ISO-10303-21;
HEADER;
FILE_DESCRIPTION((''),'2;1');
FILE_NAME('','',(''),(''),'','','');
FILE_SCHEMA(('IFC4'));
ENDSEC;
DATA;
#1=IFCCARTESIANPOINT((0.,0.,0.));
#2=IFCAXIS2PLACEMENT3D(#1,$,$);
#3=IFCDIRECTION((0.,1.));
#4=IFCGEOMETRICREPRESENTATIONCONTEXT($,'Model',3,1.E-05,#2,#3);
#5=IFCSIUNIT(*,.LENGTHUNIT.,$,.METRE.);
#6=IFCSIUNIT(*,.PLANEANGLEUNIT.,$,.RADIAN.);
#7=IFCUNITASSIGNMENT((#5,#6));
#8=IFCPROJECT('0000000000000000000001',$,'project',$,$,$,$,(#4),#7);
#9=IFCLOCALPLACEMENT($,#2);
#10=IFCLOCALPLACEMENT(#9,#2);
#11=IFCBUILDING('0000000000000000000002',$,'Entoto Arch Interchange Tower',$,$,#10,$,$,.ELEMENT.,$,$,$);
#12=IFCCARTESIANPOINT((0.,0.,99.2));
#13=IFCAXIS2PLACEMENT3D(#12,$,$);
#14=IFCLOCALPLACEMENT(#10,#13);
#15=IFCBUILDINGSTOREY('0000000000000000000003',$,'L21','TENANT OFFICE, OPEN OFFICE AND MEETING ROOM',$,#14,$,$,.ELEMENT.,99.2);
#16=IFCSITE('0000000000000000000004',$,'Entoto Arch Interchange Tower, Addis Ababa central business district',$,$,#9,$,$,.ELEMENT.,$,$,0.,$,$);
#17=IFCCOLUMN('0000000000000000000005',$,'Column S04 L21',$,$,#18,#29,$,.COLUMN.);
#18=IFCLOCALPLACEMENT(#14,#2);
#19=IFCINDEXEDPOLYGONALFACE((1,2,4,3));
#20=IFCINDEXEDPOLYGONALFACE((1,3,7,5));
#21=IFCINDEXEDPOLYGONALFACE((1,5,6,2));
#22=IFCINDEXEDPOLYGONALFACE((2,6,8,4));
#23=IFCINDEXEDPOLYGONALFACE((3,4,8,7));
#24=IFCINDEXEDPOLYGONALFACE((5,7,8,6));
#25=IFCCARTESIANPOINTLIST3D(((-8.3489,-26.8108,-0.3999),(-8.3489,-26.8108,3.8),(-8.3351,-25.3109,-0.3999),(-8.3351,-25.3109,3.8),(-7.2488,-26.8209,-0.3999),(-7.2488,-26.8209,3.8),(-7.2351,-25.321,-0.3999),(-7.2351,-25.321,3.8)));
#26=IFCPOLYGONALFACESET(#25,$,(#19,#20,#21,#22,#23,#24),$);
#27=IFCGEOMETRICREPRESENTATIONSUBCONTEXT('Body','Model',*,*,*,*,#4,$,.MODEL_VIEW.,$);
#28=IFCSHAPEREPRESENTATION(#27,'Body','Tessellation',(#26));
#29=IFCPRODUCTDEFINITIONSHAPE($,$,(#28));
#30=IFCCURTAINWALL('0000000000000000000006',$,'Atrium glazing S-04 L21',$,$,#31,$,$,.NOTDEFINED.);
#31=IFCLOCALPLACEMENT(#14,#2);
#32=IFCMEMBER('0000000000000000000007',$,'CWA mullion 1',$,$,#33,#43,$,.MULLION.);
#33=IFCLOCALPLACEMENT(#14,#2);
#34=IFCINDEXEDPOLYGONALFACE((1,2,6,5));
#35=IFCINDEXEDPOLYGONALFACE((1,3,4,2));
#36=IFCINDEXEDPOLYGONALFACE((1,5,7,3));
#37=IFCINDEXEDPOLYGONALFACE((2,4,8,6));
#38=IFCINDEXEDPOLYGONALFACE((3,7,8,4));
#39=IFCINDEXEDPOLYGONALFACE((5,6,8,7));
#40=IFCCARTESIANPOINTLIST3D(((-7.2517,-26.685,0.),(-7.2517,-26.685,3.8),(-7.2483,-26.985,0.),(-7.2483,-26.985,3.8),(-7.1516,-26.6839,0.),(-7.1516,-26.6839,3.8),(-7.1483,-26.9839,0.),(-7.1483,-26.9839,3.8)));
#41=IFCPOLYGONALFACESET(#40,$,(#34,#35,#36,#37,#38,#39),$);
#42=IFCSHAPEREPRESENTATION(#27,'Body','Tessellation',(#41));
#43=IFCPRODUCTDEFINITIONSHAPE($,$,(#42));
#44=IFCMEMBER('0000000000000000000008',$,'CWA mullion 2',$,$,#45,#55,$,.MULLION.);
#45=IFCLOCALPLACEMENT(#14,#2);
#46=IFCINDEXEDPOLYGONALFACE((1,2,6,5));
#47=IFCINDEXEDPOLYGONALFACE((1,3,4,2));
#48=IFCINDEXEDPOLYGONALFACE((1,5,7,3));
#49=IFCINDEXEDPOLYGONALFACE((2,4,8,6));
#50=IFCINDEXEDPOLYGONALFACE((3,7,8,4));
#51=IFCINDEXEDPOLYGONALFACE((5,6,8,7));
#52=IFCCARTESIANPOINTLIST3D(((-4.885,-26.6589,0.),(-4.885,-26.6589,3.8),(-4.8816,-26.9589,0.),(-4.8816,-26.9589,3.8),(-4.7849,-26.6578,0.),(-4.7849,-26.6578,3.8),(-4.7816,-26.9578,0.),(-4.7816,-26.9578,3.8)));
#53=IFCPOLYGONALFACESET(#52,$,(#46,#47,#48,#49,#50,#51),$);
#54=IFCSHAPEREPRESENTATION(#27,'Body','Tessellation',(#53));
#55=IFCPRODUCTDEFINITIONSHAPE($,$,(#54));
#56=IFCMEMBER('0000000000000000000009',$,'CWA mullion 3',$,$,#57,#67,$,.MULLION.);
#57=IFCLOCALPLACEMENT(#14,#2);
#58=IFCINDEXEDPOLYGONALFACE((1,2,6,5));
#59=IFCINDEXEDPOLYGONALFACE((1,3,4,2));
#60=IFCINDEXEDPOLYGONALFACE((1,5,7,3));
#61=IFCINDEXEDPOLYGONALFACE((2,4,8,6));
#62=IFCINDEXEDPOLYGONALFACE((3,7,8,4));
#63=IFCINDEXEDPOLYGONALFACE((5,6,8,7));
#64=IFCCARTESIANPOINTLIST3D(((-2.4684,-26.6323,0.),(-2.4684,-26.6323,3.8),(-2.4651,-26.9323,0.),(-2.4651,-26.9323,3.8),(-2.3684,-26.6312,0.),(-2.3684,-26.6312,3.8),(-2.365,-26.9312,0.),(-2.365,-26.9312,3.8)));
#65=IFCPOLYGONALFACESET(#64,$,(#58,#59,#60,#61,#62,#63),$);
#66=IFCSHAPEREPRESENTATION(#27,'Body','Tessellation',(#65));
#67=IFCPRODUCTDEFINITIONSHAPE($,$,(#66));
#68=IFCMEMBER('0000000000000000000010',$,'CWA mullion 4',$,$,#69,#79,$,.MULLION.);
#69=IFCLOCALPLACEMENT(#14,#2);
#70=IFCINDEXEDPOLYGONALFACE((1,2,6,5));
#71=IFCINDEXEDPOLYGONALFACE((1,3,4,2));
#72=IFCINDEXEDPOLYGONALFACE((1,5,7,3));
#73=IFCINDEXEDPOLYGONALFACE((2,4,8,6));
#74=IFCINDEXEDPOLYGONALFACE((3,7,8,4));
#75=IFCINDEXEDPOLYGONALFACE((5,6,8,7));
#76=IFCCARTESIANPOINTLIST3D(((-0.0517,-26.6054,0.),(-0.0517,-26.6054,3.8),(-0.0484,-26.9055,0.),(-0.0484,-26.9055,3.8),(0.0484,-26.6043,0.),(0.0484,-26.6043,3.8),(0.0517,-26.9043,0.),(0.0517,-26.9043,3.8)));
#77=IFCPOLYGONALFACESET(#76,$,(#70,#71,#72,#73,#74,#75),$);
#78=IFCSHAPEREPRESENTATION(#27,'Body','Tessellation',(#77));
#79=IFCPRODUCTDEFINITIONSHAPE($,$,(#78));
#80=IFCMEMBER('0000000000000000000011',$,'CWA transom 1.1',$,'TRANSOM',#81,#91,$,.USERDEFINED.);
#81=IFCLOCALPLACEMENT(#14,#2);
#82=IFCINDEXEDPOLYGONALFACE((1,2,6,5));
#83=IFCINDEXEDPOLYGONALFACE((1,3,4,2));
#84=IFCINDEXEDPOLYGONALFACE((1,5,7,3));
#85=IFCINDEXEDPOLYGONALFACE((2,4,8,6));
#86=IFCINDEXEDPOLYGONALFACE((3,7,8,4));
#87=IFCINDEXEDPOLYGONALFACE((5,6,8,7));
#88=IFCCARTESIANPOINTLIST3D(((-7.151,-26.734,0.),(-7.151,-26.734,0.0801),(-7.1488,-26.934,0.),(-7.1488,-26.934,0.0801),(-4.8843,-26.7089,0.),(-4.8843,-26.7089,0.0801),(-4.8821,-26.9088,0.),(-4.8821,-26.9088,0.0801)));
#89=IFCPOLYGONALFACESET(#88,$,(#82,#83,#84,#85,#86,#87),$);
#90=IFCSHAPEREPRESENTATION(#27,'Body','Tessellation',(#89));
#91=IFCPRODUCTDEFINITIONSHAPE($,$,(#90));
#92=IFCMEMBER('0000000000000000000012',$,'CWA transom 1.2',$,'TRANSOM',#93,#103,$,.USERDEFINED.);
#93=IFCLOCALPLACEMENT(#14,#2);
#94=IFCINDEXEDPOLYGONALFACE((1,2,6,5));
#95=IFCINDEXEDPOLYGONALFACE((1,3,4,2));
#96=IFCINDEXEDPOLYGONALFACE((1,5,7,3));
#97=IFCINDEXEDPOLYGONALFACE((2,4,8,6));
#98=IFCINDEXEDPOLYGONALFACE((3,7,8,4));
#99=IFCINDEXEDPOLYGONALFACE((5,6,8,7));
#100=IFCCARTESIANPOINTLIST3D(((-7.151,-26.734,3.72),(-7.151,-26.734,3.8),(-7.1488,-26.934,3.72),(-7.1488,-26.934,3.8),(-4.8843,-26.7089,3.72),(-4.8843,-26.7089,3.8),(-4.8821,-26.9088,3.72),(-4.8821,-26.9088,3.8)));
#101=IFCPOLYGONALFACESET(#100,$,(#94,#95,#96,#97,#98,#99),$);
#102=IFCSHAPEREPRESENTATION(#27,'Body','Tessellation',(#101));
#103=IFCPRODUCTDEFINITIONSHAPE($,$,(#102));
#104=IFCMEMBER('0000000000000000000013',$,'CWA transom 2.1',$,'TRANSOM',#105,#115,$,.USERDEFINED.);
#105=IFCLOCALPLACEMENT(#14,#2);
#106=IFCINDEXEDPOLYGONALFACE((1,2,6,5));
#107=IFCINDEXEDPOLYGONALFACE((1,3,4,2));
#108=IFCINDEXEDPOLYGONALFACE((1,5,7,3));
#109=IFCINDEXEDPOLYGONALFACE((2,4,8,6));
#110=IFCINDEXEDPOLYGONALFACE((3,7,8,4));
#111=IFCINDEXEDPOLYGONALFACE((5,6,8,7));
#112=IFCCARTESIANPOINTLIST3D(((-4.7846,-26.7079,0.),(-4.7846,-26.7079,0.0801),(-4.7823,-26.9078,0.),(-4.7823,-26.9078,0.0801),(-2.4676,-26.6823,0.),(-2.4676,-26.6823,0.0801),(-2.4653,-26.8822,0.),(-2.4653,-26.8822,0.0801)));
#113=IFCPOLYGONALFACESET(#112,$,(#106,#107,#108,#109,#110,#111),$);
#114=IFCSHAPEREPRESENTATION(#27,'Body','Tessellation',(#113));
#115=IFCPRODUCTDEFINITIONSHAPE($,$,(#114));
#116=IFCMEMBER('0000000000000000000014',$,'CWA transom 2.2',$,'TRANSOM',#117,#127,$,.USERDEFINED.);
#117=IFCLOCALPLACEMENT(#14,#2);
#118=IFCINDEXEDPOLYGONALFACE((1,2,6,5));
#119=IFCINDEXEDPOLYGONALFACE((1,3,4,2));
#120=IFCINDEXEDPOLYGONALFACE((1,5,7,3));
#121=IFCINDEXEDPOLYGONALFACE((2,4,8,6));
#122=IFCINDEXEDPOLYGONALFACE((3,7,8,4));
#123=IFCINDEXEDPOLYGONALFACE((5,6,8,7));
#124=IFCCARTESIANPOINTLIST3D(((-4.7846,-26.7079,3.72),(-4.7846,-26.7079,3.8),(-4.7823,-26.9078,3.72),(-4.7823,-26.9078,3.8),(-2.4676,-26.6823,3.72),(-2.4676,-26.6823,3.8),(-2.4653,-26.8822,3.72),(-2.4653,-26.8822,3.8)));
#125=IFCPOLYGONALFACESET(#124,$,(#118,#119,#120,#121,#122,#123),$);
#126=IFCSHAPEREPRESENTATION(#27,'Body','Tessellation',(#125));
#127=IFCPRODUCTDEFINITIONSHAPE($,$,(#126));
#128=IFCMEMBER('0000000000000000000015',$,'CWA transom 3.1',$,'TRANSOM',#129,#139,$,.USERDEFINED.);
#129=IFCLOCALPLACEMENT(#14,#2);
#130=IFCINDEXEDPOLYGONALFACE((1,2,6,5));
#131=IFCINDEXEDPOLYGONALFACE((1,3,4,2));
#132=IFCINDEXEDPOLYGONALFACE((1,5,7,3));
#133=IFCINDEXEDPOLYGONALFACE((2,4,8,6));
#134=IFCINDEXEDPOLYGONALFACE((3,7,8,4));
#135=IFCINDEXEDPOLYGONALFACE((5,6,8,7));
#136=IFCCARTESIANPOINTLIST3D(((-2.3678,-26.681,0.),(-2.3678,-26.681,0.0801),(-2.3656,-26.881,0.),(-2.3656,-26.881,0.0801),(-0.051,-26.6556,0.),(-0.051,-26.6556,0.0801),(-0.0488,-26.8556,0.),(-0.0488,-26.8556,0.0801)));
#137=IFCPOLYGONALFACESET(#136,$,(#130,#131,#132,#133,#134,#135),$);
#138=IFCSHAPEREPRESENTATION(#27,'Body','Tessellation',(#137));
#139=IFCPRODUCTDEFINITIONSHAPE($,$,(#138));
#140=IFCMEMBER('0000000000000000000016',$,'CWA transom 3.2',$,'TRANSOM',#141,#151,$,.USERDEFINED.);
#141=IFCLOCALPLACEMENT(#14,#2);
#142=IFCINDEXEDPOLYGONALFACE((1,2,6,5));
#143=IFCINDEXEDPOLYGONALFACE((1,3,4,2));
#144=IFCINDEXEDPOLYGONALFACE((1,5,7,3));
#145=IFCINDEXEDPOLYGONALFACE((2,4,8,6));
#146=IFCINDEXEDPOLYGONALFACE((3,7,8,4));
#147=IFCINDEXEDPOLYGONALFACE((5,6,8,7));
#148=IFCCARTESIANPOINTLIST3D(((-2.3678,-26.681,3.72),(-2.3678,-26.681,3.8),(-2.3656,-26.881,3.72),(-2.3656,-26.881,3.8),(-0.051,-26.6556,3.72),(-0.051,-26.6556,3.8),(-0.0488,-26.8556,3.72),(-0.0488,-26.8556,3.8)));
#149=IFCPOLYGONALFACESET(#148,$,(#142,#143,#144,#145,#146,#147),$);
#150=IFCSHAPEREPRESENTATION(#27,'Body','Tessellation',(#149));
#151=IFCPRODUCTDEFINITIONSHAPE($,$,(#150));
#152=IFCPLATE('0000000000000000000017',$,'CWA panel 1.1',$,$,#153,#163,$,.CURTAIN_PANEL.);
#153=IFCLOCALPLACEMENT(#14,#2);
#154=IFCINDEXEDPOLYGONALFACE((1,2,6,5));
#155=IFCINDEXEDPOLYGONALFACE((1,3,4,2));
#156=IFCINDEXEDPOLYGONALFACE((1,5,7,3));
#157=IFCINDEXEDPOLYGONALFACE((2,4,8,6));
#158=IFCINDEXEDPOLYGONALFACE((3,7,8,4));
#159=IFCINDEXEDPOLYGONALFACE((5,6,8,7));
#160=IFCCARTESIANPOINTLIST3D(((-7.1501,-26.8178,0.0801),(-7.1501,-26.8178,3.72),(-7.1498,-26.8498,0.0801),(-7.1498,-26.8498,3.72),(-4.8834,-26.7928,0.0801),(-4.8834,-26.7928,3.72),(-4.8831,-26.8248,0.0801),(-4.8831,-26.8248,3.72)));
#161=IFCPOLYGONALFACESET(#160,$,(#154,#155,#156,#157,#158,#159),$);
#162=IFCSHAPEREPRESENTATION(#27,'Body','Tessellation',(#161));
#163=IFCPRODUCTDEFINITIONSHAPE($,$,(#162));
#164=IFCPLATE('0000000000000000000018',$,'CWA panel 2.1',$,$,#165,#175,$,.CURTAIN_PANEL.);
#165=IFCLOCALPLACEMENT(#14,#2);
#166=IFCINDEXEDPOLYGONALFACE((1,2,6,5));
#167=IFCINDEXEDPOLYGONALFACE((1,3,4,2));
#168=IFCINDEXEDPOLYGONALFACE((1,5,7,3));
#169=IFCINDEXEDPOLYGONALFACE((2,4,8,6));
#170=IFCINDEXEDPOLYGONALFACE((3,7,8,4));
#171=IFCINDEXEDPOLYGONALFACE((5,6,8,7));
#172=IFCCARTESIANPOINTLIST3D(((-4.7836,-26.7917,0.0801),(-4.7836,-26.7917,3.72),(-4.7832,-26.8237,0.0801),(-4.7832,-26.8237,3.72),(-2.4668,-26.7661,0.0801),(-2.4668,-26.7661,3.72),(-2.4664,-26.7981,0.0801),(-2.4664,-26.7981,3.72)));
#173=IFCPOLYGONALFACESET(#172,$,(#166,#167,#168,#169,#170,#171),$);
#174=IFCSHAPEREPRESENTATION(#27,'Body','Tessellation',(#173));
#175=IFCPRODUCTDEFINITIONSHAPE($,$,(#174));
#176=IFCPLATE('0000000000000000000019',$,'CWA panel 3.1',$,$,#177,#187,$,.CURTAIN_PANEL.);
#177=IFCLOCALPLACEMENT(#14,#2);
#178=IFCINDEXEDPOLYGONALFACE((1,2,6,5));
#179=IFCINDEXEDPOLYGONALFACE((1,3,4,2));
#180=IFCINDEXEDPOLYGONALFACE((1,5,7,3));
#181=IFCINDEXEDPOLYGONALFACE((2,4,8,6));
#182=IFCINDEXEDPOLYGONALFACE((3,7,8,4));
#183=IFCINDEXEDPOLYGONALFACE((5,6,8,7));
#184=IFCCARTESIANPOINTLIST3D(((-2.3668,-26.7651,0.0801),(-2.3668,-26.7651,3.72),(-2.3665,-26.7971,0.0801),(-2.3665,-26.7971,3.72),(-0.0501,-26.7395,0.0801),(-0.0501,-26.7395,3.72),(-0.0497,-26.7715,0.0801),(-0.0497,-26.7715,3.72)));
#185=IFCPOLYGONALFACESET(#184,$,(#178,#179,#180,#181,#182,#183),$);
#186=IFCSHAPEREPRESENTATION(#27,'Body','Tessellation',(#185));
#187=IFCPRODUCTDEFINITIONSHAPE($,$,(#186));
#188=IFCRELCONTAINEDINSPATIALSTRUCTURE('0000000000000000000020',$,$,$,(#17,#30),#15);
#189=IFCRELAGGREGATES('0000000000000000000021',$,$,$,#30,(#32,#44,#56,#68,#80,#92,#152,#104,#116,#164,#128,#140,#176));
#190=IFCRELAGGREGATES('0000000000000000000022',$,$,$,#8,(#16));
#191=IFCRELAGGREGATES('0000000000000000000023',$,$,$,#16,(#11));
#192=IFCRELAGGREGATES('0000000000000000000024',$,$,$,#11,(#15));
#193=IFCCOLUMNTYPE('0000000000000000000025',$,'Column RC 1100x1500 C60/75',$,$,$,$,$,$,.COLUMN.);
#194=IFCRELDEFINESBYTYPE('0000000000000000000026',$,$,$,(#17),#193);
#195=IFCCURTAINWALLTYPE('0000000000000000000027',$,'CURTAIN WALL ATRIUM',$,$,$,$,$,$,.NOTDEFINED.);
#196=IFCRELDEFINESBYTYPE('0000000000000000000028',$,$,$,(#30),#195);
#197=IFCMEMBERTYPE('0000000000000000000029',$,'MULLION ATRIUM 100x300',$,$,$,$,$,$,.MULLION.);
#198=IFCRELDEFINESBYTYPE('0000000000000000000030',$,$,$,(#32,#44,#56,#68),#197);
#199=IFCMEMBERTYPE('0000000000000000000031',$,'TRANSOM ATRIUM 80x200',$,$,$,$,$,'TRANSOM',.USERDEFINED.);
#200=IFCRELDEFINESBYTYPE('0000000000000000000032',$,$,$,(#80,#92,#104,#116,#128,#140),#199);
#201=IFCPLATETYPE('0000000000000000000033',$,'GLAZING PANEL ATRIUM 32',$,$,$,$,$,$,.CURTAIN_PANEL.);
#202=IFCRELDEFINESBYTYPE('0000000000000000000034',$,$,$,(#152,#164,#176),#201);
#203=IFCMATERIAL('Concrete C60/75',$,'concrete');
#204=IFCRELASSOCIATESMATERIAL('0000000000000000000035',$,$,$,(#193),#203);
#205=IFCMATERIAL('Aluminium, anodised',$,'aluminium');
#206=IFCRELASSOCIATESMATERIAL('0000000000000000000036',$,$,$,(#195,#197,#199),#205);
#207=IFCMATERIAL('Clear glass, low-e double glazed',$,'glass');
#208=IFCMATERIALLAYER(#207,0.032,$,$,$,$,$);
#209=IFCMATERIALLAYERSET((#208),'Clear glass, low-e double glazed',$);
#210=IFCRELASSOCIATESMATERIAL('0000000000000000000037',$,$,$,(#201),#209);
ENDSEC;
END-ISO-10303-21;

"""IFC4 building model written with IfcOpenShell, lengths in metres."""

from ifc_helpers import new_model, si_unit, direction, frame, origin, origin_2d, place, context, subcontext, project, spatial, rectangle, extrude, material, layer, layer_set, material_profile, profile_set, type_object, element, aggregate, save


model = new_model("IFC4")

# Units and contexts
model_context = context("Model", 3, precision=1e-05, world=origin(), true_north=direction((0.0, 1.0)))
body_context = subcontext(model_context, "Body", "Model", "MODEL_VIEW")
ifc_project = project(units=[si_unit("LENGTHUNIT", "METRE"), si_unit("PLANEANGLEUNIT", "RADIAN")], contexts=[model_context])

# Site, building, storey
site_placement = place(None, origin())
site = spatial("IfcSite", under=ifc_project, at=site_placement, Name="Entoto Arch Interchange Tower, Addis Ababa central business district", CompositionType="ELEMENT", RefElevation=0.0)
building_placement = place(site_placement, origin())
building = spatial("IfcBuilding", under=site, at=building_placement, Name="Entoto Arch Interchange Tower", CompositionType="ELEMENT")
storey_placement = place(building_placement, frame((0.0, 0.0, 99.2)))
storey = spatial("IfcBuildingStorey", under=building, at=storey_placement, Name="L21", Description="TENANT OFFICE, OPEN OFFICE AND MEETING ROOM", CompositionType="ELEMENT", Elevation=99.2)

# Column
ifc_material_1 = material(Name="Concrete C60/75", Category="concrete")
ifc_material_profile_1 = material_profile(ifc_material_1, rectangle(XDim=1.1001, YDim=1.5, at=origin_2d()))
ifc_profile_set_1 = profile_set([ifc_material_profile_1], Name="Concrete C60/75")
column_type = type_object("IfcColumnType", Name="Column RC 1100x1500 C60/75", PredefinedType="COLUMN", material=ifc_profile_set_1)
column_placement = place(storey_placement, frame((-7.792, -26.0659, -0.3999), z_axis=(0.0, 0.0, 1.0), x_axis=(-0.999958, 0.009163, 0.0)))
element("IfcColumn", 1, at=column_placement, inside=storey, type_object=column_type, Name="Column S04 L21", PredefinedType="COLUMN", context=body_context, shape_type="SweptSolid", body=[
    extrude(rectangle(XDim=1.1001, YDim=1.5, at=origin_2d()), origin(), (0.0, 0.0, 1.0), 4.2),
])

# Curtain wall, members, plates
ifc_material_2 = material(Name="Aluminium, anodised", Category="aluminium")
curtain_wall_type = type_object("IfcCurtainWallType", Name="CURTAIN WALL ATRIUM", PredefinedType="NOTDEFINED", material=ifc_material_2)
curtain_wall_placement = place(storey_placement, origin())
curtain_wall = element("IfcCurtainWall", 2, at=curtain_wall_placement, inside=storey, type_object=curtain_wall_type, Name="Atrium glazing S-04 L21", PredefinedType="NOTDEFINED")
ifc_material_profile_2 = material_profile(ifc_material_2, rectangle(XDim=0.3, YDim=0.1001, at=origin_2d()))
ifc_profile_set_2 = profile_set([ifc_material_profile_2], Name="Aluminium, anodised")
member_type_1 = type_object("IfcMemberType", Name="MULLION ATRIUM 100x300", PredefinedType="MULLION", material=ifc_profile_set_2)
member_1_placement = place(storey_placement, frame((-7.2, -26.8345, 0.0), z_axis=(0.0, 0.0, 1.0), x_axis=(-0.011034, 0.999939, 0.0)))
member_1 = element("IfcMember", 3, at=member_1_placement, type_object=member_type_1, Name="CWA mullion 1", PredefinedType="MULLION", context=body_context, shape_type="SweptSolid", body=[
    extrude(rectangle(XDim=0.3, YDim=0.1001, at=origin_2d()), origin(), (0.0, 0.0, 1.0), 3.8),
])
member_2_placement = place(storey_placement, frame((-4.8333, -26.8083, 0.0), z_axis=(0.0, 0.0, 1.0), x_axis=(-0.011034, 0.999939, 0.0)))
member_2 = element("IfcMember", 4, at=member_2_placement, type_object=member_type_1, Name="CWA mullion 2", PredefinedType="MULLION", context=body_context, shape_type="SweptSolid", body=[
    extrude(rectangle(XDim=0.3, YDim=0.1001, at=origin_2d()), origin(), (0.0, 0.0, 1.0), 3.8),
])
member_3_placement = place(storey_placement, frame((-2.4167, -26.7817, 0.0), z_axis=(0.0, 0.0, 1.0), x_axis=(-0.011034, 0.999939, 0.0)))
member_3 = element("IfcMember", 5, at=member_3_placement, type_object=member_type_1, Name="CWA mullion 3", PredefinedType="MULLION", context=body_context, shape_type="SweptSolid", body=[
    extrude(rectangle(XDim=0.3, YDim=0.1001, at=origin_2d()), origin(), (0.0, 0.0, 1.0), 3.8),
])
member_4_placement = place(storey_placement, frame((0.0, -26.7549, 0.0), z_axis=(0.0, 0.0, 1.0), x_axis=(-0.011034, 0.999939, 0.0)))
member_4 = element("IfcMember", 6, at=member_4_placement, type_object=member_type_1, Name="CWA mullion 4", PredefinedType="MULLION", context=body_context, shape_type="SweptSolid", body=[
    extrude(rectangle(XDim=0.3, YDim=0.1001, at=origin_2d()), origin(), (0.0, 0.0, 1.0), 3.8),
])
ifc_material_profile_3 = material_profile(ifc_material_2, rectangle(XDim=0.2, YDim=0.0801, at=origin_2d()))
ifc_profile_set_3 = profile_set([ifc_material_profile_3], Name="Aluminium, anodised")
member_type_2 = type_object("IfcMemberType", Name="TRANSOM ATRIUM 80x200", ElementType="TRANSOM", PredefinedType="USERDEFINED", material=ifc_profile_set_3)
member_5_placement = place(storey_placement, frame((-7.1499, -26.834, 0.04), z_axis=(0.999938, 0.011094, 0.0), x_axis=(-0.011094, 0.999938, 0.0)))
member_5 = element("IfcMember", 7, at=member_5_placement, type_object=member_type_2, Name="CWA transom 1.1", ObjectType="TRANSOM", PredefinedType="USERDEFINED", context=body_context, shape_type="SweptSolid", body=[
    extrude(rectangle(XDim=0.2, YDim=0.0801, at=origin_2d()), origin(), (0.0, 0.0, 1.0), 2.2668),
])
member_6_placement = place(storey_placement, frame((-7.1499, -26.834, 3.76), z_axis=(0.999938, 0.011094, 0.0), x_axis=(-0.011094, 0.999938, 0.0)))
member_6 = element("IfcMember", 8, at=member_6_placement, type_object=member_type_2, Name="CWA transom 1.2", ObjectType="TRANSOM", PredefinedType="USERDEFINED", context=body_context, shape_type="SweptSolid", body=[
    extrude(rectangle(XDim=0.2, YDim=0.0801, at=origin_2d()), origin(), (0.0, 0.0, 1.0), 2.2668),
])
member_7_placement = place(storey_placement, frame((-4.7834, -26.8079, 0.04), z_axis=(0.999939, 0.011064, 0.0), x_axis=(-0.011064, 0.999939, 0.0)))
member_7 = element("IfcMember", 9, at=member_7_placement, type_object=member_type_2, Name="CWA transom 2.1", ObjectType="TRANSOM", PredefinedType="USERDEFINED", context=body_context, shape_type="SweptSolid", body=[
    extrude(rectangle(XDim=0.2, YDim=0.0801, at=origin_2d()), origin(), (0.0, 0.0, 1.0), 2.3171),
])
member_8_placement = place(storey_placement, frame((-4.7834, -26.8079, 3.76), z_axis=(0.999939, 0.011064, 0.0), x_axis=(-0.011064, 0.999939, 0.0)))
member_8 = element("IfcMember", 10, at=member_8_placement, type_object=member_type_2, Name="CWA transom 2.2", ObjectType="TRANSOM", PredefinedType="USERDEFINED", context=body_context, shape_type="SweptSolid", body=[
    extrude(rectangle(XDim=0.2, YDim=0.0801, at=origin_2d()), origin(), (0.0, 0.0, 1.0), 2.3171),
])
member_9_placement = place(storey_placement, frame((-2.3667, -26.781, 0.04), z_axis=(0.99994, 0.010959, 0.0), x_axis=(-0.010959, 0.99994, 0.0)))
member_9 = element("IfcMember", 11, at=member_9_placement, type_object=member_type_2, Name="CWA transom 3.1", ObjectType="TRANSOM", PredefinedType="USERDEFINED", context=body_context, shape_type="SweptSolid", body=[
    extrude(rectangle(XDim=0.2, YDim=0.0801, at=origin_2d()), origin(), (0.0, 0.0, 1.0), 2.3169),
])
member_10_placement = place(storey_placement, frame((-2.3667, -26.781, 3.76), z_axis=(0.99994, 0.010959, 0.0), x_axis=(-0.010959, 0.99994, 0.0)))
member_10 = element("IfcMember", 12, at=member_10_placement, type_object=member_type_2, Name="CWA transom 3.2", ObjectType="TRANSOM", PredefinedType="USERDEFINED", context=body_context, shape_type="SweptSolid", body=[
    extrude(rectangle(XDim=0.2, YDim=0.0801, at=origin_2d()), origin(), (0.0, 0.0, 1.0), 2.3169),
])
ifc_material_3 = material(Name="Clear glass, low-e double glazed", Category="glass")
ifc_layer_1 = layer(ifc_material_3, 0.032)
ifc_layer_set_1 = layer_set([ifc_layer_1], Name="Clear glass, low-e double glazed")
plate_type = type_object("IfcPlateType", Name="GLAZING PANEL ATRIUM 32", PredefinedType="CURTAIN_PANEL", material=ifc_layer_set_1)
plate_1_placement = place(storey_placement, frame((-6.0166, -26.8213, 0.0801), z_axis=(0.0, 0.0, 1.0), x_axis=(0.999939, 0.011034, 0.0)))
plate_1 = element("IfcPlate", 13, at=plate_1_placement, type_object=plate_type, Name="CWA panel 1.1", PredefinedType="CURTAIN_PANEL", context=body_context, shape_type="SweptSolid", body=[
    extrude(rectangle(XDim=2.2668, YDim=0.032, at=origin_2d()), origin(), (0.0, 0.0, 1.0), 3.6399),
])
plate_2_placement = place(storey_placement, frame((-3.625, -26.7949, 0.0801), z_axis=(0.0, 0.0, 1.0), x_axis=(0.999939, 0.011034, 0.0)))
plate_2 = element("IfcPlate", 14, at=plate_2_placement, type_object=plate_type, Name="CWA panel 2.1", PredefinedType="CURTAIN_PANEL", context=body_context, shape_type="SweptSolid", body=[
    extrude(rectangle(XDim=2.3169, YDim=0.032, at=origin_2d()), origin(), (0.0, 0.0, 1.0), 3.6399),
])
plate_3_placement = place(storey_placement, frame((-1.2083, -26.7683, 0.0801), z_axis=(0.0, 0.0, 1.0), x_axis=(0.999939, 0.011034, 0.0)))
plate_3 = element("IfcPlate", 15, at=plate_3_placement, type_object=plate_type, Name="CWA panel 3.1", PredefinedType="CURTAIN_PANEL", context=body_context, shape_type="SweptSolid", body=[
    extrude(rectangle(XDim=2.3169, YDim=0.032, at=origin_2d()), origin(), (0.0, 0.0, 1.0), 3.6399),
])
aggregate(curtain_wall, [member_1, member_2, member_3, member_4, member_5, member_6, plate_1, member_7, member_8, plate_2, member_9, member_10, plate_3])

save(model, "model.ifc")
